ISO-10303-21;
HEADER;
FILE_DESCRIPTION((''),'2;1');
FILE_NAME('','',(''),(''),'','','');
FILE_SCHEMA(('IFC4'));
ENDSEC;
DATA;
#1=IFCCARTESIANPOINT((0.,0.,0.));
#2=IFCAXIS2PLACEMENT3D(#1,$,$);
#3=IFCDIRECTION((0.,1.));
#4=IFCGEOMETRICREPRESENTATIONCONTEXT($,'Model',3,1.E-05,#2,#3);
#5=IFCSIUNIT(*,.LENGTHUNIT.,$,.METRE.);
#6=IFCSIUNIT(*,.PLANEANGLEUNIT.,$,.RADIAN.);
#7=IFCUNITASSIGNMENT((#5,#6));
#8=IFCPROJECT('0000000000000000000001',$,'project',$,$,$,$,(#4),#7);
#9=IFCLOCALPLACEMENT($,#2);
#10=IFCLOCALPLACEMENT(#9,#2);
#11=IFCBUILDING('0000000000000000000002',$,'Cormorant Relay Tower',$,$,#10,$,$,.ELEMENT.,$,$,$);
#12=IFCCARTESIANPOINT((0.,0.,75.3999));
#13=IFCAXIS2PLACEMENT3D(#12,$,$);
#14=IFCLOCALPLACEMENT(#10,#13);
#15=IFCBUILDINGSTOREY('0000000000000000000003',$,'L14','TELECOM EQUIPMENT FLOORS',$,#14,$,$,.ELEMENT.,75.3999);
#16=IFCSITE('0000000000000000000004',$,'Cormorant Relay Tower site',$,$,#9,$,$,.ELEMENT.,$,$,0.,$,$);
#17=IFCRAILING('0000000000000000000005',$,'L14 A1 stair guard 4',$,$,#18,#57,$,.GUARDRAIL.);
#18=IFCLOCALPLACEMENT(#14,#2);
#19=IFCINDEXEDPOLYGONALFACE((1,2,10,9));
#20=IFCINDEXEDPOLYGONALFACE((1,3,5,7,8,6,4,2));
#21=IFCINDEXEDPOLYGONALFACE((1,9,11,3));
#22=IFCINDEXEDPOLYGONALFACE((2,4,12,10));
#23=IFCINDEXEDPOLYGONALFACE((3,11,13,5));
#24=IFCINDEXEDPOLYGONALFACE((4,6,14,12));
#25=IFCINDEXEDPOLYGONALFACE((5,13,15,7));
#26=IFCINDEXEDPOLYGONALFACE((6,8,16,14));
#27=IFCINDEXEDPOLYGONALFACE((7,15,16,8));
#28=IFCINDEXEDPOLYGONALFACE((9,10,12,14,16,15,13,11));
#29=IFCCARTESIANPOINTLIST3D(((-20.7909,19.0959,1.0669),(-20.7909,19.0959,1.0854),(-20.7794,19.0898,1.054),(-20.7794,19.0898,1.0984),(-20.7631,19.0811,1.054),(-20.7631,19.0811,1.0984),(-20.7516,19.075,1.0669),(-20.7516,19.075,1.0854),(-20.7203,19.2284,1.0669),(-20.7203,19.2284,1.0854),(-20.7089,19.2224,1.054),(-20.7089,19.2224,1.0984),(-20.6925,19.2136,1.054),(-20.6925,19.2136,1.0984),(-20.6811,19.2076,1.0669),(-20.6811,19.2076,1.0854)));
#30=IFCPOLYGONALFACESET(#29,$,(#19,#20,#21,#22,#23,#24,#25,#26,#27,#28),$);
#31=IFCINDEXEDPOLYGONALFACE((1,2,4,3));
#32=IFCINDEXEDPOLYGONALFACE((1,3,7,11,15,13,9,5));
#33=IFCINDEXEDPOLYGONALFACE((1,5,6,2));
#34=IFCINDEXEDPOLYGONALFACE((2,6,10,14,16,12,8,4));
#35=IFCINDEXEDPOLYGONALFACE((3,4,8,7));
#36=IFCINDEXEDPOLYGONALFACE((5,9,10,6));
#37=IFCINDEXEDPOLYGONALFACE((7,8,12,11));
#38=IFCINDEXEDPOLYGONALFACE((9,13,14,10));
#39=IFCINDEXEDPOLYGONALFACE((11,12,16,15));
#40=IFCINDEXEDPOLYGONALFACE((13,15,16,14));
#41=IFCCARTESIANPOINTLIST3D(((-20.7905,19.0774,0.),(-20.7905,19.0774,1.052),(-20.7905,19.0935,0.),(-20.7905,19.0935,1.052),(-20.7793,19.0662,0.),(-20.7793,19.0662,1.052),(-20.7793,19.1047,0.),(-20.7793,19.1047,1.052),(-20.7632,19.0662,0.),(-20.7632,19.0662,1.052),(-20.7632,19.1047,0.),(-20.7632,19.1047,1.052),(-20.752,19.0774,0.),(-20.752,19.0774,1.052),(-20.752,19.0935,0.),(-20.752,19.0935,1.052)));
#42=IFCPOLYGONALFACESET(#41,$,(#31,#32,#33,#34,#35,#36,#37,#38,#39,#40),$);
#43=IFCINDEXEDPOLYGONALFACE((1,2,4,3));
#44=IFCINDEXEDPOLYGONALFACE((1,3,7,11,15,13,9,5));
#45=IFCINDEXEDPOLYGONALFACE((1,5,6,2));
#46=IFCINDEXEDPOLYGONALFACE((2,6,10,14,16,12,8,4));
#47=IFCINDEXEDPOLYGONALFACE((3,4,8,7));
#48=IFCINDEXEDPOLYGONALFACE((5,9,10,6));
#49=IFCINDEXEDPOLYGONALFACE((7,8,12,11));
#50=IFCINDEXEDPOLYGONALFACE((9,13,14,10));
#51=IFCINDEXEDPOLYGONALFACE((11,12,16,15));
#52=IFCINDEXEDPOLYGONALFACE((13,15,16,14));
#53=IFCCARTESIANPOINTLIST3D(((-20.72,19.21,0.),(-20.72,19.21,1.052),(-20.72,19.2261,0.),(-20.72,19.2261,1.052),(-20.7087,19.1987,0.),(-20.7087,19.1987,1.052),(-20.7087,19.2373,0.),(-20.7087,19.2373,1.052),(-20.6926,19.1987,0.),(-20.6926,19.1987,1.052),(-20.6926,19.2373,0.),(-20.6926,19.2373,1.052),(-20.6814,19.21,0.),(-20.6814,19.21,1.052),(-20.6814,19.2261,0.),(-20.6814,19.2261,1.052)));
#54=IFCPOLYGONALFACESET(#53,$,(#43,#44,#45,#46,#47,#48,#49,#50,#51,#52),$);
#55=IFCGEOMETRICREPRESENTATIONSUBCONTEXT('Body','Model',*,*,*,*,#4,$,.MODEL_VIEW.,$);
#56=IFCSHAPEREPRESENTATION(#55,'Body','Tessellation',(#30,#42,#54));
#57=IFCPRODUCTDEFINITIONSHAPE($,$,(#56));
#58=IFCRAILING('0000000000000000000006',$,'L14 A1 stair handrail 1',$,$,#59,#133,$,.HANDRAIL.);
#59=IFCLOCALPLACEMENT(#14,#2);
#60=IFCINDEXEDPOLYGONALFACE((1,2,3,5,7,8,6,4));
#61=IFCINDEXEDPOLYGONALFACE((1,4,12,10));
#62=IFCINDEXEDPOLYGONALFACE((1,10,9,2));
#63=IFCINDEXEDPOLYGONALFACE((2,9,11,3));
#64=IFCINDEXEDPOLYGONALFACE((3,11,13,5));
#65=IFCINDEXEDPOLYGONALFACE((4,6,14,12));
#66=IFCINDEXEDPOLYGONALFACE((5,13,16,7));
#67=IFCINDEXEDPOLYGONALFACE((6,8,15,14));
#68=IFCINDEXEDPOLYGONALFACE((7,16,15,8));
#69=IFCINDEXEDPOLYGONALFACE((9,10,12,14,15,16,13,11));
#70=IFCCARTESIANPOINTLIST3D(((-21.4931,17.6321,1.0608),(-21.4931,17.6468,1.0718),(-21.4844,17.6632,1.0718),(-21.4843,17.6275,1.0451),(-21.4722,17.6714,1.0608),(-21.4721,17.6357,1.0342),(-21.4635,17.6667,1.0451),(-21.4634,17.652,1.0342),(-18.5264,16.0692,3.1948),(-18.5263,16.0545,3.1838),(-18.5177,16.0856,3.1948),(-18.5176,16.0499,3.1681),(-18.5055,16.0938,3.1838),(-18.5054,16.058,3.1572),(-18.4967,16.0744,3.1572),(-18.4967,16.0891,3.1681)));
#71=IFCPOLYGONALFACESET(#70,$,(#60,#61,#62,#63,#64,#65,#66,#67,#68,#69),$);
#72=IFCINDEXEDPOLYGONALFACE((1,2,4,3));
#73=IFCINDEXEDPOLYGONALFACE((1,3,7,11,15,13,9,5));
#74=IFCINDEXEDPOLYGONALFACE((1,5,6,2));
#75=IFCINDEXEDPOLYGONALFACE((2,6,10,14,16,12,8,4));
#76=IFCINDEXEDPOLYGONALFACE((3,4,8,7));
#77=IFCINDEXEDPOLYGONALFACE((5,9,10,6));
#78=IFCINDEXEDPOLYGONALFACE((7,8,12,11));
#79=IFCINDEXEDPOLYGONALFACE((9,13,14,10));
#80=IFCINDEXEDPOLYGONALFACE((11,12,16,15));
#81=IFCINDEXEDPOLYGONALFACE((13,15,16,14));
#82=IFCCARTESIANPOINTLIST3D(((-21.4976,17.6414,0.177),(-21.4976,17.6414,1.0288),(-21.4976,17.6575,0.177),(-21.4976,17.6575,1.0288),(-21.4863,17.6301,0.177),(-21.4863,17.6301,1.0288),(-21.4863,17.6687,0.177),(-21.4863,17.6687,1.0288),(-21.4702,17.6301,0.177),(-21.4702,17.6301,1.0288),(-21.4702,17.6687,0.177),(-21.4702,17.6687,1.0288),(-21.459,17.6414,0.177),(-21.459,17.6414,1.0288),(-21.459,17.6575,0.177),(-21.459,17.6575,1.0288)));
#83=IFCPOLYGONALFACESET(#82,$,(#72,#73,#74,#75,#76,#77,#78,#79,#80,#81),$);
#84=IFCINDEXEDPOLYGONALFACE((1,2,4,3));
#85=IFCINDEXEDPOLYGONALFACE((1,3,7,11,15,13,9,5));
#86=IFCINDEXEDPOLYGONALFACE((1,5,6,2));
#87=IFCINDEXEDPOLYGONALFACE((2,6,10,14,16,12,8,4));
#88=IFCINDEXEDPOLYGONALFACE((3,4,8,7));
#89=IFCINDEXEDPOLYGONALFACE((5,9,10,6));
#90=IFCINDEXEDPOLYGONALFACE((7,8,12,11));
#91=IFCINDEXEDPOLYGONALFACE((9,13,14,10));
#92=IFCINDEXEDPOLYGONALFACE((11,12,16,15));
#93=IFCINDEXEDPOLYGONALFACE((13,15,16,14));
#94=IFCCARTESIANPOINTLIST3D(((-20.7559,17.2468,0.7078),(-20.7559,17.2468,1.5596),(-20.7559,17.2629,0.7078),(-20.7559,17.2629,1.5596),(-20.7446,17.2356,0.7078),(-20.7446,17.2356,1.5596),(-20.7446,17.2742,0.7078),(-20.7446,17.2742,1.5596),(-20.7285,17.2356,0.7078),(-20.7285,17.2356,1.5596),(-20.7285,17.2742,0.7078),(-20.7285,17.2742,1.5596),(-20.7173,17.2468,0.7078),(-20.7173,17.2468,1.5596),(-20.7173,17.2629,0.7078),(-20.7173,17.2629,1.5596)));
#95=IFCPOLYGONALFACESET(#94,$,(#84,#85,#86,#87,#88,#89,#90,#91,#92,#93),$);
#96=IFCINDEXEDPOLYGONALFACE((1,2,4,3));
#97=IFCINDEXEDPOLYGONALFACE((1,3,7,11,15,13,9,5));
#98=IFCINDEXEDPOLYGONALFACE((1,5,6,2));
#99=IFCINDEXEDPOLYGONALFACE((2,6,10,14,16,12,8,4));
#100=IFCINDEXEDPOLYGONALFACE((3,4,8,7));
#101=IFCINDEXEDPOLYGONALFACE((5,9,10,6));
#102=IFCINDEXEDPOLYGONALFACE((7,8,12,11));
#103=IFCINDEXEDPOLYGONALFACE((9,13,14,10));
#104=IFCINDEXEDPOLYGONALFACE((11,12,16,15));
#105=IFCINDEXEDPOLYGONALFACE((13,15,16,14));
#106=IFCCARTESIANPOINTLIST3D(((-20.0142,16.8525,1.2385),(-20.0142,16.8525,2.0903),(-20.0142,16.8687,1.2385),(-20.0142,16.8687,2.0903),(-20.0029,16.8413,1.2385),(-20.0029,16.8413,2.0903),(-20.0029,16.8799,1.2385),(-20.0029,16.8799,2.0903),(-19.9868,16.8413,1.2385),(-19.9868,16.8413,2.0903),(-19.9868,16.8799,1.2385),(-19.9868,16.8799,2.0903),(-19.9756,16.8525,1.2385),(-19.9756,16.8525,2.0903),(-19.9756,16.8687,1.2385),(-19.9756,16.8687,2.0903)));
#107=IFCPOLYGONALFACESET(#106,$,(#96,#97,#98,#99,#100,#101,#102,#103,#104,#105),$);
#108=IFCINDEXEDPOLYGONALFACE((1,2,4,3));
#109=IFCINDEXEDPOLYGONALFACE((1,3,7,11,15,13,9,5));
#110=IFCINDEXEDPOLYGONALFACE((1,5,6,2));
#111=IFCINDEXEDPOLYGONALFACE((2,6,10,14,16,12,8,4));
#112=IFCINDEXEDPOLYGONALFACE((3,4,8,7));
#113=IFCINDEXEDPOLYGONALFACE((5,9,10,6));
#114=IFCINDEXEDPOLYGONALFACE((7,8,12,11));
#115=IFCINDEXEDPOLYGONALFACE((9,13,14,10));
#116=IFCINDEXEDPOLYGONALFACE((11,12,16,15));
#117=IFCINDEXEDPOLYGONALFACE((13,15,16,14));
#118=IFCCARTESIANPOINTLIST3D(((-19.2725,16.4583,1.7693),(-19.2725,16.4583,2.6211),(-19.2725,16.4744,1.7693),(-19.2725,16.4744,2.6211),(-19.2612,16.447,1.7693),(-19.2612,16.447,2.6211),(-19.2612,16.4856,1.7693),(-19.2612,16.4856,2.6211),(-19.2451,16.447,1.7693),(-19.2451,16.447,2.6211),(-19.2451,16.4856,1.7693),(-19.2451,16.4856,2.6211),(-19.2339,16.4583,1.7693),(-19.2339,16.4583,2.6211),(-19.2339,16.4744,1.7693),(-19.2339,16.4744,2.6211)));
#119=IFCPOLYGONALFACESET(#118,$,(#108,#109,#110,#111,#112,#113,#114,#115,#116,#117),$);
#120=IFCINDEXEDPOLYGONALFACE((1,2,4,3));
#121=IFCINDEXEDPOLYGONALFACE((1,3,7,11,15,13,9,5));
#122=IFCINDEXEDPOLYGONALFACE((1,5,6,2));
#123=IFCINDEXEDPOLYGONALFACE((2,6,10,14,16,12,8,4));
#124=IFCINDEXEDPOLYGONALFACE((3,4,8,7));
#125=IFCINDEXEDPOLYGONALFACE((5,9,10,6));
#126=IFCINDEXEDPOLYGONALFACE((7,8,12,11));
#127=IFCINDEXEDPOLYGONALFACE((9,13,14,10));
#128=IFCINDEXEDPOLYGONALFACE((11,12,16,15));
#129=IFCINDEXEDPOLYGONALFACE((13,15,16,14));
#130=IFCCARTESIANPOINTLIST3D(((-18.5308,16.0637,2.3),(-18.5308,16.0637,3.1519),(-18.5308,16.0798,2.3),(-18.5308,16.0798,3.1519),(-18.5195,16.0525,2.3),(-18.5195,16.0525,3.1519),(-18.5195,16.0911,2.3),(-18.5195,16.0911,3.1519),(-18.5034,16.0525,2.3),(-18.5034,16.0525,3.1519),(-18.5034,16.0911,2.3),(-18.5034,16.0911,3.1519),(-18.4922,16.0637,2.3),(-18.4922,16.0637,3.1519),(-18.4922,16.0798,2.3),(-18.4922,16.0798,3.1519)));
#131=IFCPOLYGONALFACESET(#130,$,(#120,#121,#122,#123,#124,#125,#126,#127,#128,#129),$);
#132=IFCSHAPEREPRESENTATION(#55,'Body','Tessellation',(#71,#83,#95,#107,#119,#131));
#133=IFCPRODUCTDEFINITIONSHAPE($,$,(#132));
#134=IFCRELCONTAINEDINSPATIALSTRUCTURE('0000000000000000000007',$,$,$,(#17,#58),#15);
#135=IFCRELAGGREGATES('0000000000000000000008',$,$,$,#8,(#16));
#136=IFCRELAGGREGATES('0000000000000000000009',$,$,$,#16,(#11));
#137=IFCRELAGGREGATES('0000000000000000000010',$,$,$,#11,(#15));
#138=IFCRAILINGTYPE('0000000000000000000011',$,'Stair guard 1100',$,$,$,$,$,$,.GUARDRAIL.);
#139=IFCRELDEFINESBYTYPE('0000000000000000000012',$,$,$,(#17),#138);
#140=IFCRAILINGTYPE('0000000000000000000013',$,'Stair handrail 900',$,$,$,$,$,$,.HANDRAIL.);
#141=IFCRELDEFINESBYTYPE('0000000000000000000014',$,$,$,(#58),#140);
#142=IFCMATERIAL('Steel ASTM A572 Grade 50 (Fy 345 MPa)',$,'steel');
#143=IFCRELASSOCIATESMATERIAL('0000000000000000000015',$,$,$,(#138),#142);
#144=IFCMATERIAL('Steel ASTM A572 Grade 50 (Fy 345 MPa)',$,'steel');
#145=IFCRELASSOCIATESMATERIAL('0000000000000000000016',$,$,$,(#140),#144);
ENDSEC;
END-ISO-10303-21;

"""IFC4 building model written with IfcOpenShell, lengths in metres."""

from ifc_helpers import new_model, si_unit, direction, frame, origin, place, context, subcontext, project, spatial, polyline, outline, extrude, material, type_object, element, save


model = new_model("IFC4")

# Units and contexts
model_context = context("Model", 3, precision=1e-05, world=origin(), true_north=direction((0.0, 1.0)))
body_context = subcontext(model_context, "Body", "Model", "MODEL_VIEW")
ifc_project = project(units=[si_unit("LENGTHUNIT", "METRE"), si_unit("PLANEANGLEUNIT", "RADIAN")], contexts=[model_context])

# Site, building, storey
site_placement = place(None, origin())
site = spatial("IfcSite", under=ifc_project, at=site_placement, Name="Cormorant Relay Tower site", CompositionType="ELEMENT", RefElevation=0.0)
building_placement = place(site_placement, origin())
building = spatial("IfcBuilding", under=site, at=building_placement, Name="Cormorant Relay Tower", CompositionType="ELEMENT")
storey_placement = place(building_placement, frame((0.0, 0.0, 75.3999)))
storey = spatial("IfcBuildingStorey", under=building, at=storey_placement, Name="L14", Description="TELECOM EQUIPMENT FLOORS", CompositionType="ELEMENT", Elevation=75.3999)

# Railings
ifc_material_1 = material(Name="Steel ASTM A572 Grade 50 (Fy 345 MPa)", Category="steel")
railing_type_1 = type_object("IfcRailingType", Name="Stair guard 1100", PredefinedType="GUARDRAIL", material=ifc_material_1)
railing_1_placement = place(storey_placement, frame((-20.7712, 19.0854, 0.0)))
element("IfcRailing", 1, at=railing_1_placement, inside=storey, type_object=railing_type_1, Name="L14 A1 stair guard 4", PredefinedType="GUARDRAIL", context=body_context, shape_type="SweptSolid", body=[
    extrude(outline(polyline([(0.0222, 0.0093), (0.0093, 0.0222), (-0.0093, 0.0222), (-0.0222, 0.0093), (-0.0222, -0.0093), (-0.0093, -0.0222), (0.0093, -0.0222), (0.0222, -0.0093), (0.0222, 0.0093)])), frame((0.0, 0.0, 1.0762), z_axis=(0.469829, 0.882758, 0.0), x_axis=(-0.882758, 0.469829, 0.0)), (0.0, 0.0, 1.0), 0.1501),
    extrude(outline(polyline([(0.0193, 0.0081), (0.0081, 0.0193), (-0.0081, 0.0193), (-0.0193, 0.0081), (-0.0193, -0.0081), (-0.0081, -0.0193), (0.0081, -0.0193), (0.0193, -0.0081), (0.0193, 0.0081)])), origin(), (0.0, 0.0, 1.0), 1.052),
    extrude(outline(polyline([(0.0193, 0.0081), (0.0081, 0.0193), (-0.0081, 0.0193), (-0.0193, 0.0081), (-0.0193, -0.0081), (-0.0081, -0.0193), (0.0081, -0.0193), (0.0193, -0.0081), (0.0193, 0.0081)])), frame((0.0706, 0.1326, 0.0)), (0.0, 0.0, 1.0), 1.052),
])
ifc_material_2 = material(Name="Steel ASTM A572 Grade 50 (Fy 345 MPa)", Category="steel")
railing_type_2 = type_object("IfcRailingType", Name="Stair handrail 900", PredefinedType="HANDRAIL", material=ifc_material_2)
railing_2_placement = place(storey_placement, frame((-21.4783, 17.6494, 0.177)))
element("IfcRailing", 2, at=railing_2_placement, inside=storey, type_object=railing_type_2, Name="L14 A1 stair handrail 1", PredefinedType="HANDRAIL", context=body_context, shape_type="SweptSolid", body=[
    extrude(outline(polyline([(0.0222, 0.0093), (0.0093, 0.0222), (-0.0093, 0.0222), (-0.0222, 0.0093), (-0.0222, -0.0093), (-0.0093, -0.0222), (0.0093, -0.0222), (0.0222, -0.0093), (0.0222, 0.0093)])), frame((0.0, 0.0, 0.876), z_axis=(0.746422, -0.396921, 0.534142), x_axis=(0.469509, 0.882928, 0.0)), (0.0, 0.0, 1.0), 3.9746),
    extrude(outline(polyline([(0.0193, 0.0081), (0.0081, 0.0193), (-0.0081, 0.0193), (-0.0193, 0.0081), (-0.0193, -0.0081), (-0.0081, -0.0193), (0.0081, -0.0193), (0.0193, -0.0081), (0.0193, 0.0081)])), origin(), (0.0, 0.0, 1.0), 0.8518),
    extrude(outline(polyline([(0.0193, 0.0081), (0.0081, 0.0193), (-0.0081, 0.0193), (-0.0193, 0.0081), (-0.0193, -0.0081), (-0.0081, -0.0193), (0.0081, -0.0193), (0.0193, -0.0081), (0.0193, 0.0081)])), frame((0.7417, -0.3945, 0.5308)), (0.0, 0.0, 1.0), 0.8518),
    extrude(outline(polyline([(0.0193, 0.0081), (0.0081, 0.0193), (-0.0081, 0.0193), (-0.0193, 0.0081), (-0.0193, -0.0081), (-0.0081, -0.0193), (0.0081, -0.0193), (0.0193, -0.0081), (0.0193, 0.0081)])), frame((1.4834, -0.7888, 1.0615)), (0.0, 0.0, 1.0), 0.8518),
    extrude(outline(polyline([(0.0193, 0.0081), (0.0081, 0.0193), (-0.0081, 0.0193), (-0.0193, 0.0081), (-0.0193, -0.0081), (-0.0081, -0.0193), (0.0081, -0.0193), (0.0193, -0.0081), (0.0193, 0.0081)])), frame((2.2251, -1.1831, 1.5923)), (0.0, 0.0, 1.0), 0.8518),
    extrude(outline(polyline([(0.0193, 0.0081), (0.0081, 0.0193), (-0.0081, 0.0193), (-0.0193, 0.0081), (-0.0193, -0.0081), (-0.0081, -0.0193), (0.0081, -0.0193), (0.0193, -0.0081), (0.0193, 0.0081)])), frame((2.9668, -1.5776, 2.123)), (0.0, 0.0, 1.0), 0.8518),
])

save(model, "model.ifc")
